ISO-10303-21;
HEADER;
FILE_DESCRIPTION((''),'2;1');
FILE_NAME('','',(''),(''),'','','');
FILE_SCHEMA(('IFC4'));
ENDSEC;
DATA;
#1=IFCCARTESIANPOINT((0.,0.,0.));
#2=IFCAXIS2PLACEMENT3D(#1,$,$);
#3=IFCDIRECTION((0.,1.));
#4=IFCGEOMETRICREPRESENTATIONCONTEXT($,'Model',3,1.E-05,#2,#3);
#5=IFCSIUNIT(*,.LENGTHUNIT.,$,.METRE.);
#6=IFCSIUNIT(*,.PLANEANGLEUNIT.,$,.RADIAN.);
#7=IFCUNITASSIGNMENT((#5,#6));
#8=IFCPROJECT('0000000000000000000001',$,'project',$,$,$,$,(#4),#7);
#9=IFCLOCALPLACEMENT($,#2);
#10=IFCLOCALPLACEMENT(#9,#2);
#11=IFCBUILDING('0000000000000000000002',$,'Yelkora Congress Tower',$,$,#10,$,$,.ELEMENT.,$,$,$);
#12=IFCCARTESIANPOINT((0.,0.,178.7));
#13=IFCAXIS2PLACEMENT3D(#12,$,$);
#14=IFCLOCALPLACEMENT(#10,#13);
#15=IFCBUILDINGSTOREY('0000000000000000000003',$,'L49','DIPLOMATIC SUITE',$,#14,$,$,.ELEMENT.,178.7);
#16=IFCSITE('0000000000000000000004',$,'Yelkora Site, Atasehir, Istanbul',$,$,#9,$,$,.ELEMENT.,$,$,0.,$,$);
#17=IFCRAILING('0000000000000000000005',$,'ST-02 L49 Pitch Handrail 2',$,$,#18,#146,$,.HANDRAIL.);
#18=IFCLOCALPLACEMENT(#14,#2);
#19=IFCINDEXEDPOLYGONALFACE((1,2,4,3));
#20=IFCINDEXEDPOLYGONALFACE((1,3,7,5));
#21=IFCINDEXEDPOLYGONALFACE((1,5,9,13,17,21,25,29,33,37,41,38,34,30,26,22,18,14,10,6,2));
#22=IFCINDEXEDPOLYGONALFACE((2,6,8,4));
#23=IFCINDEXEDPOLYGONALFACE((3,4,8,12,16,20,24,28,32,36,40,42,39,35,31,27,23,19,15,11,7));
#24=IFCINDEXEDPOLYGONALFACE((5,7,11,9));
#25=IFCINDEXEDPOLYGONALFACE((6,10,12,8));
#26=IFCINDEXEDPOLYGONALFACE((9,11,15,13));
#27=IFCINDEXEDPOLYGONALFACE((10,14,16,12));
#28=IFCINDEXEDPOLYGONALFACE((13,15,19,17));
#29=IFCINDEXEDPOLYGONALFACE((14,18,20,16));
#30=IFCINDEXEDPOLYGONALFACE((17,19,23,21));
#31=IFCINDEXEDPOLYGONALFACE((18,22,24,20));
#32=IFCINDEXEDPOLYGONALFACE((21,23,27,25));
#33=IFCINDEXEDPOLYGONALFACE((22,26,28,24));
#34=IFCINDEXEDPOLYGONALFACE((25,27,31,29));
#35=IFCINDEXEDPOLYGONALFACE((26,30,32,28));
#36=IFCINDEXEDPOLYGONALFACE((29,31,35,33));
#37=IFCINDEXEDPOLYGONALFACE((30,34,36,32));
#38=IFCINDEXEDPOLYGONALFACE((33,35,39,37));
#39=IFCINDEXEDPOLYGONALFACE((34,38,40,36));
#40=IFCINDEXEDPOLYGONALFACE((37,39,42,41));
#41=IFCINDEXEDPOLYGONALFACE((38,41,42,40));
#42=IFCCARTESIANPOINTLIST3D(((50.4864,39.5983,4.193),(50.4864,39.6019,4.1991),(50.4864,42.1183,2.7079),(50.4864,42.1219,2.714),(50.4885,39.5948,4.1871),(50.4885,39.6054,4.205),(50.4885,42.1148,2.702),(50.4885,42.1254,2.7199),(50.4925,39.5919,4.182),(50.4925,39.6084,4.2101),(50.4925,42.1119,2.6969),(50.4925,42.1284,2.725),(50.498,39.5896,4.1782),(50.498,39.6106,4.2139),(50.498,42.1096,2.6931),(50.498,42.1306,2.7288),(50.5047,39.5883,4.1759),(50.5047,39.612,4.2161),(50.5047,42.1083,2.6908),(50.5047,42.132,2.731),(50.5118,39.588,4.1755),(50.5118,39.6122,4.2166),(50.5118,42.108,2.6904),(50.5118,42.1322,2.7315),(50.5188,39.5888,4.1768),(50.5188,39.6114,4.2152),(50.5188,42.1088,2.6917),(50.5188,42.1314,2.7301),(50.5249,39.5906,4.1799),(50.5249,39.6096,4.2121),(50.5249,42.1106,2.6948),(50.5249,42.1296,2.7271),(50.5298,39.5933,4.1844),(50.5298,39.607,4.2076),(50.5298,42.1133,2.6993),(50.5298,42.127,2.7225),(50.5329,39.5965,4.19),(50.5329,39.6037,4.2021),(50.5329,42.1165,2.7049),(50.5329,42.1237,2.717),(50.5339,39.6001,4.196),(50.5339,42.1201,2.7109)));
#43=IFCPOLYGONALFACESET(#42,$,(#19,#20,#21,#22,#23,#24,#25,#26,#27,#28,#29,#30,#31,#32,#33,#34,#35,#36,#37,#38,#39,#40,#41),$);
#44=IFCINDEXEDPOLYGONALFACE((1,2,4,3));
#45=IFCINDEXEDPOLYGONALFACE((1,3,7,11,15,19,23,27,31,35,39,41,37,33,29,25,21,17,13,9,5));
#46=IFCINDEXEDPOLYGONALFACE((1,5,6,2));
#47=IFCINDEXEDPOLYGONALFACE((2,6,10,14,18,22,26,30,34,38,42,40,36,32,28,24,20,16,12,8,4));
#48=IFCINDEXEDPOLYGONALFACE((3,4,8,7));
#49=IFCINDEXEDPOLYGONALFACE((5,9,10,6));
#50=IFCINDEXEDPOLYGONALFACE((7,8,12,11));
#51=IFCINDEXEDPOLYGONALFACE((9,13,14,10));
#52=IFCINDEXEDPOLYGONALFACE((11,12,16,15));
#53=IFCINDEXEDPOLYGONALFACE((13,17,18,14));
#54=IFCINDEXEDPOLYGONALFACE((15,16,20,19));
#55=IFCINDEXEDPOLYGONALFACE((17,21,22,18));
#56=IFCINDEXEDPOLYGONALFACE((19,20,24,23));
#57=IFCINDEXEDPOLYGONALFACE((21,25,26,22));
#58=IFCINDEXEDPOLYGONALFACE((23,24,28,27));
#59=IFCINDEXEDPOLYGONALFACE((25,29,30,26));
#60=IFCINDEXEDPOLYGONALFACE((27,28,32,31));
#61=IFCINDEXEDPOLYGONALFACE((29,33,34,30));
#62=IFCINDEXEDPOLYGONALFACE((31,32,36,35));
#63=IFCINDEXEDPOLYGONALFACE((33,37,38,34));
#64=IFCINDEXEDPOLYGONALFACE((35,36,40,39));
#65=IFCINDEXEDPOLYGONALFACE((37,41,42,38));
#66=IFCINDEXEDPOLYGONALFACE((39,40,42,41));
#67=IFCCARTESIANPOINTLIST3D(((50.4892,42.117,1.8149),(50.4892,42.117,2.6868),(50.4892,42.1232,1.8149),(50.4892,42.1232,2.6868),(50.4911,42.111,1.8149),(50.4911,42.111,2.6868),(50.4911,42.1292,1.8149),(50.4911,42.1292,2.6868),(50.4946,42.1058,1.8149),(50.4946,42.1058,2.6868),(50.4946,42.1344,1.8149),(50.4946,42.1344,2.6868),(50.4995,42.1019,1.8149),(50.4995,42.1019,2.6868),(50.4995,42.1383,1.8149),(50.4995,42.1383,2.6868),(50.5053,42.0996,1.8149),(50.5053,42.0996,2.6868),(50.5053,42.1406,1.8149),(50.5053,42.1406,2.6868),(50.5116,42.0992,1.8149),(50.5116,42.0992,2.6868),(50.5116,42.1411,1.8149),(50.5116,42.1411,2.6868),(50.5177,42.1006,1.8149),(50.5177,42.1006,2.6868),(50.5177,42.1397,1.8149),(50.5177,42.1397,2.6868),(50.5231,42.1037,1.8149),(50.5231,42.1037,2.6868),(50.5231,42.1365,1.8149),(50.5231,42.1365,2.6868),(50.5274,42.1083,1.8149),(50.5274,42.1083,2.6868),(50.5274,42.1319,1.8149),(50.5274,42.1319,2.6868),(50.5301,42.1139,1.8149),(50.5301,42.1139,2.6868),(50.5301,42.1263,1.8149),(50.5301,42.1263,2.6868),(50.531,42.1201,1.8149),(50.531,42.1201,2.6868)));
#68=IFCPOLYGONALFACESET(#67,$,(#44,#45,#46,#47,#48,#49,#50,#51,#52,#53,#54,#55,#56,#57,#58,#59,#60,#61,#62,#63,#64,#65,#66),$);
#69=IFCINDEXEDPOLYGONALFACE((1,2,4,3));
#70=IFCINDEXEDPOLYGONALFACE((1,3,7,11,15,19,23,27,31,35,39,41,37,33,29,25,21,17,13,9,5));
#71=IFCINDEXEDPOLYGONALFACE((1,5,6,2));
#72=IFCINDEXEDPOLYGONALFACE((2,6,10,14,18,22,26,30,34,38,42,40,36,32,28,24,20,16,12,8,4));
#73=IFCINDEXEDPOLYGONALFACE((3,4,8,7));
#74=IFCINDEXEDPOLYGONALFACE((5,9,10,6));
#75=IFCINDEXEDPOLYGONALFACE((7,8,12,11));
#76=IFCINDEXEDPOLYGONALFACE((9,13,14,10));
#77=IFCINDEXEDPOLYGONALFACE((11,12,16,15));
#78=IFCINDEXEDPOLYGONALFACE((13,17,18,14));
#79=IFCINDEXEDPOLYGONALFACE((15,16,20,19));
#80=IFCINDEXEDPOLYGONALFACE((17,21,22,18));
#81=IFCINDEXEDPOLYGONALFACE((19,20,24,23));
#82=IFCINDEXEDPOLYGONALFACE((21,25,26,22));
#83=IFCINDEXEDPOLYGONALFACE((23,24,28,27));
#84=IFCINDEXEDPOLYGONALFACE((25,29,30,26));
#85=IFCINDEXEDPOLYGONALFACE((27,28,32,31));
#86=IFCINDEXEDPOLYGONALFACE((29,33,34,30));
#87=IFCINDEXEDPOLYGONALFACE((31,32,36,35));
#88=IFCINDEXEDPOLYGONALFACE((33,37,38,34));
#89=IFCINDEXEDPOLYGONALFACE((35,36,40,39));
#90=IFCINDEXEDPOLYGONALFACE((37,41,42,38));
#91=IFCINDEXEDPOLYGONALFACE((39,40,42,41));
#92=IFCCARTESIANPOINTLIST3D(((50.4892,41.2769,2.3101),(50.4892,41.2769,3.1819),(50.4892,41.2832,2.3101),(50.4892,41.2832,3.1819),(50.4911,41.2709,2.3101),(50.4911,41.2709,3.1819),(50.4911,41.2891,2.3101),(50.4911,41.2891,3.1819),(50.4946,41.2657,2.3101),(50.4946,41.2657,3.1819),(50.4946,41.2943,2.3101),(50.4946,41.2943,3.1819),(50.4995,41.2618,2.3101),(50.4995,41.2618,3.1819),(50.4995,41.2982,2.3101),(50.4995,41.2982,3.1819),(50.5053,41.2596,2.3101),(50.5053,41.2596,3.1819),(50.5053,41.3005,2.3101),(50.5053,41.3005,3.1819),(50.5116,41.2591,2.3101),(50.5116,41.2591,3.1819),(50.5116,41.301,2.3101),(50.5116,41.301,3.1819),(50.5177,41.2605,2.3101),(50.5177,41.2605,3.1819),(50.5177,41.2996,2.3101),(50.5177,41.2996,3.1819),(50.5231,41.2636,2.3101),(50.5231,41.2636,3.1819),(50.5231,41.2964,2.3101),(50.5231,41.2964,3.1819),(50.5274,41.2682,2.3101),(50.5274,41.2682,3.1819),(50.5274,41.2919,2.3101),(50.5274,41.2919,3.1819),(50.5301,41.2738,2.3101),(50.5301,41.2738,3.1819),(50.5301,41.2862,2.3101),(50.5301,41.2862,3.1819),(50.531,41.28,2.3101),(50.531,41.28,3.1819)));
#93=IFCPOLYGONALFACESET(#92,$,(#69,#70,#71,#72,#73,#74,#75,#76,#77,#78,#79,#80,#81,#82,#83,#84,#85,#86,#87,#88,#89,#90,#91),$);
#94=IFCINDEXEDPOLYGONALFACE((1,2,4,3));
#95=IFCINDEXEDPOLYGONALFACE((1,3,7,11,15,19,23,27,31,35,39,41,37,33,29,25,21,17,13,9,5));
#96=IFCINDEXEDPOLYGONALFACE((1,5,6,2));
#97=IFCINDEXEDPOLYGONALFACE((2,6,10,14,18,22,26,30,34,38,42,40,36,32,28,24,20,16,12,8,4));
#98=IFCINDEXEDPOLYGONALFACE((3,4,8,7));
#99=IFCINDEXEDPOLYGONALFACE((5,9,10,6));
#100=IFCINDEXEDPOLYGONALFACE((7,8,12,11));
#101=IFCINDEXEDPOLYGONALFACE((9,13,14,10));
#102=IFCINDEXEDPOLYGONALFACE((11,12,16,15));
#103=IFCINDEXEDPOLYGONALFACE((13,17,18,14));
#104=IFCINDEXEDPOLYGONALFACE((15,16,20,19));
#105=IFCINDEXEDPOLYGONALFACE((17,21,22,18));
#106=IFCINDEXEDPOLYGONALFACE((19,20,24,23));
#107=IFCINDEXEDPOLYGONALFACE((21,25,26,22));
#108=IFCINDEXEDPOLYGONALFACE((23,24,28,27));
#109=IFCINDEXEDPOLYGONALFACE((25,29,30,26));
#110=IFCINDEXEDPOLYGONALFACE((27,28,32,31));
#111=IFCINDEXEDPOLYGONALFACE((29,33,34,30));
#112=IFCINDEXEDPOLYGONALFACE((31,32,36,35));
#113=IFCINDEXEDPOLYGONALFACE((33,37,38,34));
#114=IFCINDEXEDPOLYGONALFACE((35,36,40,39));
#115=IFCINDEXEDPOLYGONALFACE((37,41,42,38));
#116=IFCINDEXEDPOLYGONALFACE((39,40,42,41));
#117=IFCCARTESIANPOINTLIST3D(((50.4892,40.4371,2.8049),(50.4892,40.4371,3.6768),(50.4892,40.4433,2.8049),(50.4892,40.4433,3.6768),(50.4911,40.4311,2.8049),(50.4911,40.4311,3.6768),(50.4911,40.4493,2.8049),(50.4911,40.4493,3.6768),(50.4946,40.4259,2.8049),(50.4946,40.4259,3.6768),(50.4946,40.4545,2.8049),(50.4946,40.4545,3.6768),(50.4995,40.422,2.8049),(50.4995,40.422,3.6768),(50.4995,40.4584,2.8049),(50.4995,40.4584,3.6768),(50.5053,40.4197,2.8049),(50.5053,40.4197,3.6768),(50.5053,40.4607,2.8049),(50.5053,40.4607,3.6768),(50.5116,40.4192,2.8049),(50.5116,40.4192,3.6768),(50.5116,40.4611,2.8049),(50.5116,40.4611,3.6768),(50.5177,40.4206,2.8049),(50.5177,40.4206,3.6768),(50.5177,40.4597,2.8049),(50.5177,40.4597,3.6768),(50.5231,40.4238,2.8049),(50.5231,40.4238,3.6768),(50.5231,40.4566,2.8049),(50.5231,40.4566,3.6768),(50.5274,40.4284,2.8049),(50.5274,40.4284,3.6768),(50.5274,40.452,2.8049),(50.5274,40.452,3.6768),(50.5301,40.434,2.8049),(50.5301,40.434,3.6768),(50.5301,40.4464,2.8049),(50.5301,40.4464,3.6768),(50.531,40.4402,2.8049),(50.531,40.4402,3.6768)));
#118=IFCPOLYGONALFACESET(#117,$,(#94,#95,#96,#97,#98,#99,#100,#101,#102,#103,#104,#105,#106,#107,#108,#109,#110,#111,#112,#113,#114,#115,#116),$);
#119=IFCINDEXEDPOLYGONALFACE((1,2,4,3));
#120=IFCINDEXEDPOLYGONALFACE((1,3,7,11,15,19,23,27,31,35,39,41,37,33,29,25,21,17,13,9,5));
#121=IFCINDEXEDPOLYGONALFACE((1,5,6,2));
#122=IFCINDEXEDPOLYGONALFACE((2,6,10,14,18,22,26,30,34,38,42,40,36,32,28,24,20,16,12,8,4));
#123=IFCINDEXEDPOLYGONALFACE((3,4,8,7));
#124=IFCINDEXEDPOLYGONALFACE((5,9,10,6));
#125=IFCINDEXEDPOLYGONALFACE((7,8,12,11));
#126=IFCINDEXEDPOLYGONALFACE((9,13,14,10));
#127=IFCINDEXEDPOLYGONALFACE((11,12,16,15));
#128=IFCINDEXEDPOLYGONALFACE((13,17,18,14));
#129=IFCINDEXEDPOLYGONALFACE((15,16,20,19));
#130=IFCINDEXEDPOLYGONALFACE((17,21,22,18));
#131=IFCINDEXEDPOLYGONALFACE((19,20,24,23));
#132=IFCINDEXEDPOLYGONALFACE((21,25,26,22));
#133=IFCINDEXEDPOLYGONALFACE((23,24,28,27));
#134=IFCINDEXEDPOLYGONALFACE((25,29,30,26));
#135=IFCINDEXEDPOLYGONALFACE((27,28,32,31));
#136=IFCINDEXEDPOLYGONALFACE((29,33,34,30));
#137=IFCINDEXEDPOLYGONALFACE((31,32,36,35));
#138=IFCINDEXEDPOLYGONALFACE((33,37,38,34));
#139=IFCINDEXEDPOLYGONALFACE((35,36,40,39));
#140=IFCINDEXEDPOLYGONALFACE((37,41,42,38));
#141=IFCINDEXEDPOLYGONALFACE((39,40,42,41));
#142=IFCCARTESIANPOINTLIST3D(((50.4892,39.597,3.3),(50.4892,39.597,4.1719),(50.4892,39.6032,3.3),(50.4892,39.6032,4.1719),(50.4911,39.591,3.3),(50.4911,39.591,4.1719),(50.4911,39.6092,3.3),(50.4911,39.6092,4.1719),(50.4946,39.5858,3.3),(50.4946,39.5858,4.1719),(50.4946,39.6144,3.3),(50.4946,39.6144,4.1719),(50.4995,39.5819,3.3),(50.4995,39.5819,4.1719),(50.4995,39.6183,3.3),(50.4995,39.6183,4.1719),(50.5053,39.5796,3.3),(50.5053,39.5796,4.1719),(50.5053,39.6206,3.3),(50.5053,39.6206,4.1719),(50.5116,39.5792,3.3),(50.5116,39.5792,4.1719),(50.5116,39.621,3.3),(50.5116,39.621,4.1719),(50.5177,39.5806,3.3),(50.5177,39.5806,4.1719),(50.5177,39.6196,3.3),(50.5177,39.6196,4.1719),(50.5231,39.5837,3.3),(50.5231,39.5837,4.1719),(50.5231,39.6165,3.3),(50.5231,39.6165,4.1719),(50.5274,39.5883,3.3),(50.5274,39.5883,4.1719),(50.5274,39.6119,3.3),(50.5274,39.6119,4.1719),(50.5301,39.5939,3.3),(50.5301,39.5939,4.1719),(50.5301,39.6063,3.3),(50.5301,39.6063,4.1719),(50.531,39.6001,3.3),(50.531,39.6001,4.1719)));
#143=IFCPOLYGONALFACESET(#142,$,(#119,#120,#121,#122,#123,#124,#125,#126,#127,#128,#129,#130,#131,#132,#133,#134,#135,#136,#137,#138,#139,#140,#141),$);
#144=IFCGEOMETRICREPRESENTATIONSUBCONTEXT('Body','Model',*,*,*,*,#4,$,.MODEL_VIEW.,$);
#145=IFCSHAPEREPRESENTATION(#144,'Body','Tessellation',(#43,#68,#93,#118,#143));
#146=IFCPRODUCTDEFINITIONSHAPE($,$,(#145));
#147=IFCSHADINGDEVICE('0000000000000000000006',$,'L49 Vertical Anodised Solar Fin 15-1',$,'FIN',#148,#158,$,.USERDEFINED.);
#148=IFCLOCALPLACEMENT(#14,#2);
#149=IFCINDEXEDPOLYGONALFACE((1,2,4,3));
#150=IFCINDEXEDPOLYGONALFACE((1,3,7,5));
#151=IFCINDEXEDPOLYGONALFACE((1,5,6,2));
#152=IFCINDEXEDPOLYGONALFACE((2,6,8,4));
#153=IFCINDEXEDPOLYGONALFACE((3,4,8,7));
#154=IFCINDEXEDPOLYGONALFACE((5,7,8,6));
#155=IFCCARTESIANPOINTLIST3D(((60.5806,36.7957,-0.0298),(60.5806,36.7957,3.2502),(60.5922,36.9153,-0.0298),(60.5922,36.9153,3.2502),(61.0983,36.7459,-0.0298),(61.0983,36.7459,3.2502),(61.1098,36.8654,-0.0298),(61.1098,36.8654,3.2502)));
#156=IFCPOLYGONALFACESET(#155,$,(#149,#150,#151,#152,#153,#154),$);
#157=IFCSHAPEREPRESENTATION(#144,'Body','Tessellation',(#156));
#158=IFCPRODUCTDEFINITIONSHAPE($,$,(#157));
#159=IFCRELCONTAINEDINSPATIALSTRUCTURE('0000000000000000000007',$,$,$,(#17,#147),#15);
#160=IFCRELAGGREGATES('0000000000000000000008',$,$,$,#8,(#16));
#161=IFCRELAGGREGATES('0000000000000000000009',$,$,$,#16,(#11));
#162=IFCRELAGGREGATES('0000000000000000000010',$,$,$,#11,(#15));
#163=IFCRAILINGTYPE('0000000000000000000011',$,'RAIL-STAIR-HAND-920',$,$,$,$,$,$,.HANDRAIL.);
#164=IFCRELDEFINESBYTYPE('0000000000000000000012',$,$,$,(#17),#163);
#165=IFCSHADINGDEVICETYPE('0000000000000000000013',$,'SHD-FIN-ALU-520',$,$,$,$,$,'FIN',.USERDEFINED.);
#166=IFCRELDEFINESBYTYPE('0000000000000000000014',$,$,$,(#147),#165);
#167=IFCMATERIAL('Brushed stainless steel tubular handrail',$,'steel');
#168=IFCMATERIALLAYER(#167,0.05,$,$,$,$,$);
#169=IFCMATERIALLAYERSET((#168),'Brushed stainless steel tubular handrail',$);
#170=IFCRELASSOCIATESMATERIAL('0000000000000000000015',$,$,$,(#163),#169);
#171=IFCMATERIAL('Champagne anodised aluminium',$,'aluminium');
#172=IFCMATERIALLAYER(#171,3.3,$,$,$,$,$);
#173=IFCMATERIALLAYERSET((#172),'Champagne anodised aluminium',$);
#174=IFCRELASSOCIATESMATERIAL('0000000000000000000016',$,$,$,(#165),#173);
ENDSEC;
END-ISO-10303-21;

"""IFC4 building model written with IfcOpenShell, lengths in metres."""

from ifc_helpers import new_model, si_unit, direction, frame, origin, origin_2d, place, context, subcontext, project, spatial, rectangle, circle, extrude, material, layer, layer_set, type_object, element, save


model = new_model("IFC4")

# Units and contexts
model_context = context("Model", 3, precision=1e-05, world=origin(), true_north=direction((0.0, 1.0)))
body_context = subcontext(model_context, "Body", "Model", "MODEL_VIEW")
ifc_project = project(units=[si_unit("LENGTHUNIT", "METRE"), si_unit("PLANEANGLEUNIT", "RADIAN")], contexts=[model_context])

# Site, building, storey
site_placement = place(None, origin())
site = spatial("IfcSite", under=ifc_project, at=site_placement, Name="Yelkora Site, Atasehir, Istanbul", CompositionType="ELEMENT", RefElevation=0.0)
building_placement = place(site_placement, origin())
building = spatial("IfcBuilding", under=site, at=building_placement, Name="Yelkora Congress Tower", CompositionType="ELEMENT")
storey_placement = place(building_placement, frame((0.0, 0.0, 178.7)))
storey = spatial("IfcBuildingStorey", under=building, at=storey_placement, Name="L49", Description="DIPLOMATIC SUITE", CompositionType="ELEMENT", Elevation=178.7)

# Railing
ifc_material_1 = material(Name="Brushed stainless steel tubular handrail", Category="steel")
ifc_layer_1 = layer(ifc_material_1, 0.05)
ifc_layer_set_1 = layer_set([ifc_layer_1], Name="Brushed stainless steel tubular handrail")
railing_type_1 = type_object("IfcRailingType", Name="RAIL-STAIR-HAND-920", PredefinedType="HANDRAIL", material=ifc_layer_set_1)
railing_1_placement = place(storey_placement, frame((50.51, 42.1201, 1.8149)))
element("IfcRailing", 1, at=railing_1_placement, inside=storey, type_object=railing_type_1, Name="ST-02 L49 Pitch Handrail 2", PredefinedType="HANDRAIL", context=body_context, shape_type="SweptSolid", body=[
    extrude(circle(Radius=0.0239, at=origin_2d()), frame((0.0, 0.0, 0.896), z_axis=(0.0, -0.861524, 0.507717), x_axis=(1.0, 0.0, 0.0)), (0.0, 0.0, 1.0), 2.925),
    extrude(circle(Radius=0.021, at=origin_2d()), origin(), (0.0, 0.0, 1.0), 0.8718),
    extrude(circle(Radius=0.021, at=origin_2d()), frame((0.0, -0.8401, 0.4951)), (0.0, 0.0, 1.0), 0.8718),
    extrude(circle(Radius=0.021, at=origin_2d()), frame((0.0, -1.6799, 0.99)), (0.0, 0.0, 1.0), 0.8718),
    extrude(circle(Radius=0.021, at=origin_2d()), frame((0.0, -2.52, 1.4851)), (0.0, 0.0, 1.0), 0.8718),
])

# Shading device
ifc_material_2 = material(Name="Champagne anodised aluminium", Category="aluminium")
ifc_layer_2 = layer(ifc_material_2, 3.3)
ifc_layer_set_2 = layer_set([ifc_layer_2], Name="Champagne anodised aluminium")
shading_device_type = type_object("IfcShadingDeviceType", Name="SHD-FIN-ALU-520", ElementType="FIN", PredefinedType="USERDEFINED", material=ifc_layer_set_2)
shading_device_placement = place(storey_placement, frame((60.8452, 36.8306, -0.0298), z_axis=(0.0, 0.0, 1.0), x_axis=(-0.095846, -0.995396, 0.0)))
element("IfcShadingDevice", 2, at=shading_device_placement, inside=storey, type_object=shading_device_type, Name="L49 Vertical Anodised Solar Fin 15-1", ObjectType="FIN", PredefinedType="USERDEFINED", context=body_context, shape_type="SweptSolid", body=[
    extrude(rectangle(XDim=0.1201, YDim=0.52, at=origin_2d()), origin(), (0.0, 0.0, 1.0), 3.28),
])

save(model, "model.ifc")
